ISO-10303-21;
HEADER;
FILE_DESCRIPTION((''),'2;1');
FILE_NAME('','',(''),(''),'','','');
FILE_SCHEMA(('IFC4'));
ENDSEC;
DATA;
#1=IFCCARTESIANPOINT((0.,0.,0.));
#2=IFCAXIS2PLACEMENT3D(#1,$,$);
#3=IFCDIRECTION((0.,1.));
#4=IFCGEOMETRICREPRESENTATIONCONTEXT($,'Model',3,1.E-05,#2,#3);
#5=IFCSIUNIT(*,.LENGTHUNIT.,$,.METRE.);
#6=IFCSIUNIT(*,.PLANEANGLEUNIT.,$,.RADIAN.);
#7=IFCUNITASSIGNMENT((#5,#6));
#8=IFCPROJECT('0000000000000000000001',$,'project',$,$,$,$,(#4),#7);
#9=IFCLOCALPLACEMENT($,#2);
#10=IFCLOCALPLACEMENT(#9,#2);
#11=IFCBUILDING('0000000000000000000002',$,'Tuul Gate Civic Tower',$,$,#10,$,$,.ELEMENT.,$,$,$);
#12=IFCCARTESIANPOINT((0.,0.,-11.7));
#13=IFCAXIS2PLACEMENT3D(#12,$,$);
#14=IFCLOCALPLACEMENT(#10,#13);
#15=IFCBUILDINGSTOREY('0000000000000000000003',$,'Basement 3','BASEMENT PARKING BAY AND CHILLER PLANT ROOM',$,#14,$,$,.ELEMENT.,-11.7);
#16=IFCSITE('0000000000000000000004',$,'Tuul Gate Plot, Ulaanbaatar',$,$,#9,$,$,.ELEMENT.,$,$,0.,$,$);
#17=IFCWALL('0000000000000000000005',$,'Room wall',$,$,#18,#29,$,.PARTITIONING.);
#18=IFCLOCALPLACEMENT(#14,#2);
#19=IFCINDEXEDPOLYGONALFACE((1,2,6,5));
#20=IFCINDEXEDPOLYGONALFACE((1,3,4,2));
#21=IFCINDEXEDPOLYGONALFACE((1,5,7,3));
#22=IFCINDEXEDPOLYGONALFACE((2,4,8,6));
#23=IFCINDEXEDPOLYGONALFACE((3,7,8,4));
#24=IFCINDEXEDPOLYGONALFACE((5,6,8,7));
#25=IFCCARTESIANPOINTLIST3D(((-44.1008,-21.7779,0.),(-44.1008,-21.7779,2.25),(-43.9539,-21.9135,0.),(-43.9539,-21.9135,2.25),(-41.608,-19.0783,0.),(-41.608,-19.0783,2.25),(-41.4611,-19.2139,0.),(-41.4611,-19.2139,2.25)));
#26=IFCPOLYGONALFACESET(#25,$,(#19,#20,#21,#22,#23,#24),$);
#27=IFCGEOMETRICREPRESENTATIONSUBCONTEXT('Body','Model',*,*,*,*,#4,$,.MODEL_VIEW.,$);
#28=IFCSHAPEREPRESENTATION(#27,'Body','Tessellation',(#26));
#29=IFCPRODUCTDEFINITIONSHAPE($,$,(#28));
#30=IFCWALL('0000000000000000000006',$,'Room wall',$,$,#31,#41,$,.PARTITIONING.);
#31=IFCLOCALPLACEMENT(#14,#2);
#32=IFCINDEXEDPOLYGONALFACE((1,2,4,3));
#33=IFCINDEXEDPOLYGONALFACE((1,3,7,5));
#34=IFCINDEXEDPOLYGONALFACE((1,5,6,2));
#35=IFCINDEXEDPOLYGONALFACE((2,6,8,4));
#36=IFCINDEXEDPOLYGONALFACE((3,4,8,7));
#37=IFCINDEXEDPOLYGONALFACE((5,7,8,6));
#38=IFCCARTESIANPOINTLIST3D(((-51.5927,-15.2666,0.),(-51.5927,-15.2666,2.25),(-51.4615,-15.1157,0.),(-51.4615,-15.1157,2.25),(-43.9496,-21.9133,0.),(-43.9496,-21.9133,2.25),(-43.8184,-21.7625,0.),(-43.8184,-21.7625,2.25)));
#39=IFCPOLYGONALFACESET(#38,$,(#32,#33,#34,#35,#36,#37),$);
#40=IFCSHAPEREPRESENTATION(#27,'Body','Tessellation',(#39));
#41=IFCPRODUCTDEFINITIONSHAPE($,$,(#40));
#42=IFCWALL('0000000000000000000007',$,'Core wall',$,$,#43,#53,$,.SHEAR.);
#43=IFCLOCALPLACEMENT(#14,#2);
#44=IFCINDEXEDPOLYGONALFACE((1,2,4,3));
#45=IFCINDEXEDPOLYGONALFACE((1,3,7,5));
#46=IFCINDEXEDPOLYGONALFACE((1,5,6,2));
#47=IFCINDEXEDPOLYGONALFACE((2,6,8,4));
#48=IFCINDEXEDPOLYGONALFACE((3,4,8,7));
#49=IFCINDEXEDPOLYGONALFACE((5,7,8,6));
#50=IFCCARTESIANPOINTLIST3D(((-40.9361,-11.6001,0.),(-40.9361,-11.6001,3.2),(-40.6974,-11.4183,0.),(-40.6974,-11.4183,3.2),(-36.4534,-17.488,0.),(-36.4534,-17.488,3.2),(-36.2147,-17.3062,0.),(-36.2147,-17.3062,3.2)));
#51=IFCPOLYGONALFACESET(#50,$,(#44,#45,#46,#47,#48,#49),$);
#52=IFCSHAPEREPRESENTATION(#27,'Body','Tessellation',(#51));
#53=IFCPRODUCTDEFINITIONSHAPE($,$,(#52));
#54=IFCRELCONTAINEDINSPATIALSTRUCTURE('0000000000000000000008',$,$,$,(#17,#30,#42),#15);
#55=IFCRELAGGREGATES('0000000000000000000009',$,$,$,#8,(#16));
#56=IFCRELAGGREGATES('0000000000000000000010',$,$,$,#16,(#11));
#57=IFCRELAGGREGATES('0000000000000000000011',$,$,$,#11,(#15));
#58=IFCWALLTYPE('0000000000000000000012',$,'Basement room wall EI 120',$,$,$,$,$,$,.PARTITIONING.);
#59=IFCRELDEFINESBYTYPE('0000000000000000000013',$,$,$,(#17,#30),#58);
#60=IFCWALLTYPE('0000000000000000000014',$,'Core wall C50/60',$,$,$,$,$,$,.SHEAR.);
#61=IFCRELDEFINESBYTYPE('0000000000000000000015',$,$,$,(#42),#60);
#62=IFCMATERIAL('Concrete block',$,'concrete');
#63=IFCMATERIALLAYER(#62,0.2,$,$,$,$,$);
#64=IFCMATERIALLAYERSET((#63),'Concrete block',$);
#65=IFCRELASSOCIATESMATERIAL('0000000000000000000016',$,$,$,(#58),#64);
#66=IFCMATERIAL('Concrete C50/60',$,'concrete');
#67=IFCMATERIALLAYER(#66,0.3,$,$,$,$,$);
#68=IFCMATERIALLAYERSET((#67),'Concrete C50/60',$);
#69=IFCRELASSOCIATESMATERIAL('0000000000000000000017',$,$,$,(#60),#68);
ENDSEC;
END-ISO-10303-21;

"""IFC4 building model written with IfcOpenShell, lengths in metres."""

from ifc_helpers import new_model, si_unit, direction, frame, frame_2d, origin, place, context, subcontext, project, spatial, rectangle, extrude, material, layer, layer_set, type_object, element, save


model = new_model("IFC4")

# Units and contexts
model_context = context("Model", 3, precision=1e-05, world=origin(), true_north=direction((0.0, 1.0)))
body_context = subcontext(model_context, "Body", "Model", "MODEL_VIEW")
ifc_project = project(units=[si_unit("LENGTHUNIT", "METRE"), si_unit("PLANEANGLEUNIT", "RADIAN")], contexts=[model_context])

# Site, building, storey
site_placement = place(None, origin())
site = spatial("IfcSite", under=ifc_project, at=site_placement, Name="Tuul Gate Plot, Ulaanbaatar", CompositionType="ELEMENT", RefElevation=0.0)
building_placement = place(site_placement, origin())
building = spatial("IfcBuilding", under=site, at=building_placement, Name="Tuul Gate Civic Tower", CompositionType="ELEMENT")
storey_placement = place(building_placement, frame((0.0, 0.0, -11.7)))
storey = spatial("IfcBuildingStorey", under=building, at=storey_placement, Name="Basement 3", Description="BASEMENT PARKING BAY AND CHILLER PLANT ROOM", CompositionType="ELEMENT", Elevation=-11.7)

# Shared definitions
ifc_material_1 = material(Name="Concrete block", Category="concrete")
ifc_layer_1 = layer(ifc_material_1, 0.2)
ifc_layer_set_1 = layer_set([ifc_layer_1], Name="Concrete block")
wall_type_1 = type_object("IfcWallType", Name="Basement room wall EI 120", PredefinedType="PARTITIONING", material=ifc_layer_set_1)

# Walls
wall_1_placement = place(storey_placement, frame((-41.5344, -19.146, 0.0), z_axis=(0.0, 0.0, 1.0), x_axis=(-0.67841, -0.734684, 0.0)))
element("IfcWall", 1, at=wall_1_placement, inside=storey, type_object=wall_type_1, Name="Room wall", PredefinedType="PARTITIONING", context=body_context, shape_type="SweptSolid", body=[
    extrude(rectangle(XDim=3.6746, YDim=0.2, at=frame_2d((1.8374, 0.0))), origin(), (0.0, 0.0, 1.0), 2.25),
])
wall_2_placement = place(storey_placement, frame((-43.884, -21.8379, 0.0), z_axis=(0.0, 0.0, 1.0), x_axis=(-0.754577, 0.656212, 0.0)))
element("IfcWall", 2, at=wall_2_placement, inside=storey, type_object=wall_type_1, Name="Room wall", PredefinedType="PARTITIONING", context=body_context, shape_type="SweptSolid", body=[
    extrude(rectangle(XDim=10.1289, YDim=0.2, at=frame_2d((5.0645, 0.0))), origin(), (0.0, 0.0, 1.0), 2.25),
])
ifc_material_2 = material(Name="Concrete C50/60", Category="concrete")
ifc_layer_2 = layer(ifc_material_2, 0.3)
ifc_layer_set_2 = layer_set([ifc_layer_2], Name="Concrete C50/60")
wall_type_2 = type_object("IfcWallType", Name="Core wall C50/60", PredefinedType="SHEAR", material=ifc_layer_set_2)
wall_3_placement = place(storey_placement, frame((-36.334, -17.3972, 0.0), z_axis=(0.0, 0.0, 1.0), x_axis=(-0.605754, 0.795652, 0.0)))
element("IfcWall", 3, at=wall_3_placement, inside=storey, type_object=wall_type_2, Name="Core wall", PredefinedType="SHEAR", context=body_context, shape_type="SweptSolid", body=[
    extrude(rectangle(XDim=7.4001, YDim=0.3, at=frame_2d((3.7002, 0.0))), origin(), (0.0, 0.0, 1.0), 3.2),
])

save(model, "model.ifc")
